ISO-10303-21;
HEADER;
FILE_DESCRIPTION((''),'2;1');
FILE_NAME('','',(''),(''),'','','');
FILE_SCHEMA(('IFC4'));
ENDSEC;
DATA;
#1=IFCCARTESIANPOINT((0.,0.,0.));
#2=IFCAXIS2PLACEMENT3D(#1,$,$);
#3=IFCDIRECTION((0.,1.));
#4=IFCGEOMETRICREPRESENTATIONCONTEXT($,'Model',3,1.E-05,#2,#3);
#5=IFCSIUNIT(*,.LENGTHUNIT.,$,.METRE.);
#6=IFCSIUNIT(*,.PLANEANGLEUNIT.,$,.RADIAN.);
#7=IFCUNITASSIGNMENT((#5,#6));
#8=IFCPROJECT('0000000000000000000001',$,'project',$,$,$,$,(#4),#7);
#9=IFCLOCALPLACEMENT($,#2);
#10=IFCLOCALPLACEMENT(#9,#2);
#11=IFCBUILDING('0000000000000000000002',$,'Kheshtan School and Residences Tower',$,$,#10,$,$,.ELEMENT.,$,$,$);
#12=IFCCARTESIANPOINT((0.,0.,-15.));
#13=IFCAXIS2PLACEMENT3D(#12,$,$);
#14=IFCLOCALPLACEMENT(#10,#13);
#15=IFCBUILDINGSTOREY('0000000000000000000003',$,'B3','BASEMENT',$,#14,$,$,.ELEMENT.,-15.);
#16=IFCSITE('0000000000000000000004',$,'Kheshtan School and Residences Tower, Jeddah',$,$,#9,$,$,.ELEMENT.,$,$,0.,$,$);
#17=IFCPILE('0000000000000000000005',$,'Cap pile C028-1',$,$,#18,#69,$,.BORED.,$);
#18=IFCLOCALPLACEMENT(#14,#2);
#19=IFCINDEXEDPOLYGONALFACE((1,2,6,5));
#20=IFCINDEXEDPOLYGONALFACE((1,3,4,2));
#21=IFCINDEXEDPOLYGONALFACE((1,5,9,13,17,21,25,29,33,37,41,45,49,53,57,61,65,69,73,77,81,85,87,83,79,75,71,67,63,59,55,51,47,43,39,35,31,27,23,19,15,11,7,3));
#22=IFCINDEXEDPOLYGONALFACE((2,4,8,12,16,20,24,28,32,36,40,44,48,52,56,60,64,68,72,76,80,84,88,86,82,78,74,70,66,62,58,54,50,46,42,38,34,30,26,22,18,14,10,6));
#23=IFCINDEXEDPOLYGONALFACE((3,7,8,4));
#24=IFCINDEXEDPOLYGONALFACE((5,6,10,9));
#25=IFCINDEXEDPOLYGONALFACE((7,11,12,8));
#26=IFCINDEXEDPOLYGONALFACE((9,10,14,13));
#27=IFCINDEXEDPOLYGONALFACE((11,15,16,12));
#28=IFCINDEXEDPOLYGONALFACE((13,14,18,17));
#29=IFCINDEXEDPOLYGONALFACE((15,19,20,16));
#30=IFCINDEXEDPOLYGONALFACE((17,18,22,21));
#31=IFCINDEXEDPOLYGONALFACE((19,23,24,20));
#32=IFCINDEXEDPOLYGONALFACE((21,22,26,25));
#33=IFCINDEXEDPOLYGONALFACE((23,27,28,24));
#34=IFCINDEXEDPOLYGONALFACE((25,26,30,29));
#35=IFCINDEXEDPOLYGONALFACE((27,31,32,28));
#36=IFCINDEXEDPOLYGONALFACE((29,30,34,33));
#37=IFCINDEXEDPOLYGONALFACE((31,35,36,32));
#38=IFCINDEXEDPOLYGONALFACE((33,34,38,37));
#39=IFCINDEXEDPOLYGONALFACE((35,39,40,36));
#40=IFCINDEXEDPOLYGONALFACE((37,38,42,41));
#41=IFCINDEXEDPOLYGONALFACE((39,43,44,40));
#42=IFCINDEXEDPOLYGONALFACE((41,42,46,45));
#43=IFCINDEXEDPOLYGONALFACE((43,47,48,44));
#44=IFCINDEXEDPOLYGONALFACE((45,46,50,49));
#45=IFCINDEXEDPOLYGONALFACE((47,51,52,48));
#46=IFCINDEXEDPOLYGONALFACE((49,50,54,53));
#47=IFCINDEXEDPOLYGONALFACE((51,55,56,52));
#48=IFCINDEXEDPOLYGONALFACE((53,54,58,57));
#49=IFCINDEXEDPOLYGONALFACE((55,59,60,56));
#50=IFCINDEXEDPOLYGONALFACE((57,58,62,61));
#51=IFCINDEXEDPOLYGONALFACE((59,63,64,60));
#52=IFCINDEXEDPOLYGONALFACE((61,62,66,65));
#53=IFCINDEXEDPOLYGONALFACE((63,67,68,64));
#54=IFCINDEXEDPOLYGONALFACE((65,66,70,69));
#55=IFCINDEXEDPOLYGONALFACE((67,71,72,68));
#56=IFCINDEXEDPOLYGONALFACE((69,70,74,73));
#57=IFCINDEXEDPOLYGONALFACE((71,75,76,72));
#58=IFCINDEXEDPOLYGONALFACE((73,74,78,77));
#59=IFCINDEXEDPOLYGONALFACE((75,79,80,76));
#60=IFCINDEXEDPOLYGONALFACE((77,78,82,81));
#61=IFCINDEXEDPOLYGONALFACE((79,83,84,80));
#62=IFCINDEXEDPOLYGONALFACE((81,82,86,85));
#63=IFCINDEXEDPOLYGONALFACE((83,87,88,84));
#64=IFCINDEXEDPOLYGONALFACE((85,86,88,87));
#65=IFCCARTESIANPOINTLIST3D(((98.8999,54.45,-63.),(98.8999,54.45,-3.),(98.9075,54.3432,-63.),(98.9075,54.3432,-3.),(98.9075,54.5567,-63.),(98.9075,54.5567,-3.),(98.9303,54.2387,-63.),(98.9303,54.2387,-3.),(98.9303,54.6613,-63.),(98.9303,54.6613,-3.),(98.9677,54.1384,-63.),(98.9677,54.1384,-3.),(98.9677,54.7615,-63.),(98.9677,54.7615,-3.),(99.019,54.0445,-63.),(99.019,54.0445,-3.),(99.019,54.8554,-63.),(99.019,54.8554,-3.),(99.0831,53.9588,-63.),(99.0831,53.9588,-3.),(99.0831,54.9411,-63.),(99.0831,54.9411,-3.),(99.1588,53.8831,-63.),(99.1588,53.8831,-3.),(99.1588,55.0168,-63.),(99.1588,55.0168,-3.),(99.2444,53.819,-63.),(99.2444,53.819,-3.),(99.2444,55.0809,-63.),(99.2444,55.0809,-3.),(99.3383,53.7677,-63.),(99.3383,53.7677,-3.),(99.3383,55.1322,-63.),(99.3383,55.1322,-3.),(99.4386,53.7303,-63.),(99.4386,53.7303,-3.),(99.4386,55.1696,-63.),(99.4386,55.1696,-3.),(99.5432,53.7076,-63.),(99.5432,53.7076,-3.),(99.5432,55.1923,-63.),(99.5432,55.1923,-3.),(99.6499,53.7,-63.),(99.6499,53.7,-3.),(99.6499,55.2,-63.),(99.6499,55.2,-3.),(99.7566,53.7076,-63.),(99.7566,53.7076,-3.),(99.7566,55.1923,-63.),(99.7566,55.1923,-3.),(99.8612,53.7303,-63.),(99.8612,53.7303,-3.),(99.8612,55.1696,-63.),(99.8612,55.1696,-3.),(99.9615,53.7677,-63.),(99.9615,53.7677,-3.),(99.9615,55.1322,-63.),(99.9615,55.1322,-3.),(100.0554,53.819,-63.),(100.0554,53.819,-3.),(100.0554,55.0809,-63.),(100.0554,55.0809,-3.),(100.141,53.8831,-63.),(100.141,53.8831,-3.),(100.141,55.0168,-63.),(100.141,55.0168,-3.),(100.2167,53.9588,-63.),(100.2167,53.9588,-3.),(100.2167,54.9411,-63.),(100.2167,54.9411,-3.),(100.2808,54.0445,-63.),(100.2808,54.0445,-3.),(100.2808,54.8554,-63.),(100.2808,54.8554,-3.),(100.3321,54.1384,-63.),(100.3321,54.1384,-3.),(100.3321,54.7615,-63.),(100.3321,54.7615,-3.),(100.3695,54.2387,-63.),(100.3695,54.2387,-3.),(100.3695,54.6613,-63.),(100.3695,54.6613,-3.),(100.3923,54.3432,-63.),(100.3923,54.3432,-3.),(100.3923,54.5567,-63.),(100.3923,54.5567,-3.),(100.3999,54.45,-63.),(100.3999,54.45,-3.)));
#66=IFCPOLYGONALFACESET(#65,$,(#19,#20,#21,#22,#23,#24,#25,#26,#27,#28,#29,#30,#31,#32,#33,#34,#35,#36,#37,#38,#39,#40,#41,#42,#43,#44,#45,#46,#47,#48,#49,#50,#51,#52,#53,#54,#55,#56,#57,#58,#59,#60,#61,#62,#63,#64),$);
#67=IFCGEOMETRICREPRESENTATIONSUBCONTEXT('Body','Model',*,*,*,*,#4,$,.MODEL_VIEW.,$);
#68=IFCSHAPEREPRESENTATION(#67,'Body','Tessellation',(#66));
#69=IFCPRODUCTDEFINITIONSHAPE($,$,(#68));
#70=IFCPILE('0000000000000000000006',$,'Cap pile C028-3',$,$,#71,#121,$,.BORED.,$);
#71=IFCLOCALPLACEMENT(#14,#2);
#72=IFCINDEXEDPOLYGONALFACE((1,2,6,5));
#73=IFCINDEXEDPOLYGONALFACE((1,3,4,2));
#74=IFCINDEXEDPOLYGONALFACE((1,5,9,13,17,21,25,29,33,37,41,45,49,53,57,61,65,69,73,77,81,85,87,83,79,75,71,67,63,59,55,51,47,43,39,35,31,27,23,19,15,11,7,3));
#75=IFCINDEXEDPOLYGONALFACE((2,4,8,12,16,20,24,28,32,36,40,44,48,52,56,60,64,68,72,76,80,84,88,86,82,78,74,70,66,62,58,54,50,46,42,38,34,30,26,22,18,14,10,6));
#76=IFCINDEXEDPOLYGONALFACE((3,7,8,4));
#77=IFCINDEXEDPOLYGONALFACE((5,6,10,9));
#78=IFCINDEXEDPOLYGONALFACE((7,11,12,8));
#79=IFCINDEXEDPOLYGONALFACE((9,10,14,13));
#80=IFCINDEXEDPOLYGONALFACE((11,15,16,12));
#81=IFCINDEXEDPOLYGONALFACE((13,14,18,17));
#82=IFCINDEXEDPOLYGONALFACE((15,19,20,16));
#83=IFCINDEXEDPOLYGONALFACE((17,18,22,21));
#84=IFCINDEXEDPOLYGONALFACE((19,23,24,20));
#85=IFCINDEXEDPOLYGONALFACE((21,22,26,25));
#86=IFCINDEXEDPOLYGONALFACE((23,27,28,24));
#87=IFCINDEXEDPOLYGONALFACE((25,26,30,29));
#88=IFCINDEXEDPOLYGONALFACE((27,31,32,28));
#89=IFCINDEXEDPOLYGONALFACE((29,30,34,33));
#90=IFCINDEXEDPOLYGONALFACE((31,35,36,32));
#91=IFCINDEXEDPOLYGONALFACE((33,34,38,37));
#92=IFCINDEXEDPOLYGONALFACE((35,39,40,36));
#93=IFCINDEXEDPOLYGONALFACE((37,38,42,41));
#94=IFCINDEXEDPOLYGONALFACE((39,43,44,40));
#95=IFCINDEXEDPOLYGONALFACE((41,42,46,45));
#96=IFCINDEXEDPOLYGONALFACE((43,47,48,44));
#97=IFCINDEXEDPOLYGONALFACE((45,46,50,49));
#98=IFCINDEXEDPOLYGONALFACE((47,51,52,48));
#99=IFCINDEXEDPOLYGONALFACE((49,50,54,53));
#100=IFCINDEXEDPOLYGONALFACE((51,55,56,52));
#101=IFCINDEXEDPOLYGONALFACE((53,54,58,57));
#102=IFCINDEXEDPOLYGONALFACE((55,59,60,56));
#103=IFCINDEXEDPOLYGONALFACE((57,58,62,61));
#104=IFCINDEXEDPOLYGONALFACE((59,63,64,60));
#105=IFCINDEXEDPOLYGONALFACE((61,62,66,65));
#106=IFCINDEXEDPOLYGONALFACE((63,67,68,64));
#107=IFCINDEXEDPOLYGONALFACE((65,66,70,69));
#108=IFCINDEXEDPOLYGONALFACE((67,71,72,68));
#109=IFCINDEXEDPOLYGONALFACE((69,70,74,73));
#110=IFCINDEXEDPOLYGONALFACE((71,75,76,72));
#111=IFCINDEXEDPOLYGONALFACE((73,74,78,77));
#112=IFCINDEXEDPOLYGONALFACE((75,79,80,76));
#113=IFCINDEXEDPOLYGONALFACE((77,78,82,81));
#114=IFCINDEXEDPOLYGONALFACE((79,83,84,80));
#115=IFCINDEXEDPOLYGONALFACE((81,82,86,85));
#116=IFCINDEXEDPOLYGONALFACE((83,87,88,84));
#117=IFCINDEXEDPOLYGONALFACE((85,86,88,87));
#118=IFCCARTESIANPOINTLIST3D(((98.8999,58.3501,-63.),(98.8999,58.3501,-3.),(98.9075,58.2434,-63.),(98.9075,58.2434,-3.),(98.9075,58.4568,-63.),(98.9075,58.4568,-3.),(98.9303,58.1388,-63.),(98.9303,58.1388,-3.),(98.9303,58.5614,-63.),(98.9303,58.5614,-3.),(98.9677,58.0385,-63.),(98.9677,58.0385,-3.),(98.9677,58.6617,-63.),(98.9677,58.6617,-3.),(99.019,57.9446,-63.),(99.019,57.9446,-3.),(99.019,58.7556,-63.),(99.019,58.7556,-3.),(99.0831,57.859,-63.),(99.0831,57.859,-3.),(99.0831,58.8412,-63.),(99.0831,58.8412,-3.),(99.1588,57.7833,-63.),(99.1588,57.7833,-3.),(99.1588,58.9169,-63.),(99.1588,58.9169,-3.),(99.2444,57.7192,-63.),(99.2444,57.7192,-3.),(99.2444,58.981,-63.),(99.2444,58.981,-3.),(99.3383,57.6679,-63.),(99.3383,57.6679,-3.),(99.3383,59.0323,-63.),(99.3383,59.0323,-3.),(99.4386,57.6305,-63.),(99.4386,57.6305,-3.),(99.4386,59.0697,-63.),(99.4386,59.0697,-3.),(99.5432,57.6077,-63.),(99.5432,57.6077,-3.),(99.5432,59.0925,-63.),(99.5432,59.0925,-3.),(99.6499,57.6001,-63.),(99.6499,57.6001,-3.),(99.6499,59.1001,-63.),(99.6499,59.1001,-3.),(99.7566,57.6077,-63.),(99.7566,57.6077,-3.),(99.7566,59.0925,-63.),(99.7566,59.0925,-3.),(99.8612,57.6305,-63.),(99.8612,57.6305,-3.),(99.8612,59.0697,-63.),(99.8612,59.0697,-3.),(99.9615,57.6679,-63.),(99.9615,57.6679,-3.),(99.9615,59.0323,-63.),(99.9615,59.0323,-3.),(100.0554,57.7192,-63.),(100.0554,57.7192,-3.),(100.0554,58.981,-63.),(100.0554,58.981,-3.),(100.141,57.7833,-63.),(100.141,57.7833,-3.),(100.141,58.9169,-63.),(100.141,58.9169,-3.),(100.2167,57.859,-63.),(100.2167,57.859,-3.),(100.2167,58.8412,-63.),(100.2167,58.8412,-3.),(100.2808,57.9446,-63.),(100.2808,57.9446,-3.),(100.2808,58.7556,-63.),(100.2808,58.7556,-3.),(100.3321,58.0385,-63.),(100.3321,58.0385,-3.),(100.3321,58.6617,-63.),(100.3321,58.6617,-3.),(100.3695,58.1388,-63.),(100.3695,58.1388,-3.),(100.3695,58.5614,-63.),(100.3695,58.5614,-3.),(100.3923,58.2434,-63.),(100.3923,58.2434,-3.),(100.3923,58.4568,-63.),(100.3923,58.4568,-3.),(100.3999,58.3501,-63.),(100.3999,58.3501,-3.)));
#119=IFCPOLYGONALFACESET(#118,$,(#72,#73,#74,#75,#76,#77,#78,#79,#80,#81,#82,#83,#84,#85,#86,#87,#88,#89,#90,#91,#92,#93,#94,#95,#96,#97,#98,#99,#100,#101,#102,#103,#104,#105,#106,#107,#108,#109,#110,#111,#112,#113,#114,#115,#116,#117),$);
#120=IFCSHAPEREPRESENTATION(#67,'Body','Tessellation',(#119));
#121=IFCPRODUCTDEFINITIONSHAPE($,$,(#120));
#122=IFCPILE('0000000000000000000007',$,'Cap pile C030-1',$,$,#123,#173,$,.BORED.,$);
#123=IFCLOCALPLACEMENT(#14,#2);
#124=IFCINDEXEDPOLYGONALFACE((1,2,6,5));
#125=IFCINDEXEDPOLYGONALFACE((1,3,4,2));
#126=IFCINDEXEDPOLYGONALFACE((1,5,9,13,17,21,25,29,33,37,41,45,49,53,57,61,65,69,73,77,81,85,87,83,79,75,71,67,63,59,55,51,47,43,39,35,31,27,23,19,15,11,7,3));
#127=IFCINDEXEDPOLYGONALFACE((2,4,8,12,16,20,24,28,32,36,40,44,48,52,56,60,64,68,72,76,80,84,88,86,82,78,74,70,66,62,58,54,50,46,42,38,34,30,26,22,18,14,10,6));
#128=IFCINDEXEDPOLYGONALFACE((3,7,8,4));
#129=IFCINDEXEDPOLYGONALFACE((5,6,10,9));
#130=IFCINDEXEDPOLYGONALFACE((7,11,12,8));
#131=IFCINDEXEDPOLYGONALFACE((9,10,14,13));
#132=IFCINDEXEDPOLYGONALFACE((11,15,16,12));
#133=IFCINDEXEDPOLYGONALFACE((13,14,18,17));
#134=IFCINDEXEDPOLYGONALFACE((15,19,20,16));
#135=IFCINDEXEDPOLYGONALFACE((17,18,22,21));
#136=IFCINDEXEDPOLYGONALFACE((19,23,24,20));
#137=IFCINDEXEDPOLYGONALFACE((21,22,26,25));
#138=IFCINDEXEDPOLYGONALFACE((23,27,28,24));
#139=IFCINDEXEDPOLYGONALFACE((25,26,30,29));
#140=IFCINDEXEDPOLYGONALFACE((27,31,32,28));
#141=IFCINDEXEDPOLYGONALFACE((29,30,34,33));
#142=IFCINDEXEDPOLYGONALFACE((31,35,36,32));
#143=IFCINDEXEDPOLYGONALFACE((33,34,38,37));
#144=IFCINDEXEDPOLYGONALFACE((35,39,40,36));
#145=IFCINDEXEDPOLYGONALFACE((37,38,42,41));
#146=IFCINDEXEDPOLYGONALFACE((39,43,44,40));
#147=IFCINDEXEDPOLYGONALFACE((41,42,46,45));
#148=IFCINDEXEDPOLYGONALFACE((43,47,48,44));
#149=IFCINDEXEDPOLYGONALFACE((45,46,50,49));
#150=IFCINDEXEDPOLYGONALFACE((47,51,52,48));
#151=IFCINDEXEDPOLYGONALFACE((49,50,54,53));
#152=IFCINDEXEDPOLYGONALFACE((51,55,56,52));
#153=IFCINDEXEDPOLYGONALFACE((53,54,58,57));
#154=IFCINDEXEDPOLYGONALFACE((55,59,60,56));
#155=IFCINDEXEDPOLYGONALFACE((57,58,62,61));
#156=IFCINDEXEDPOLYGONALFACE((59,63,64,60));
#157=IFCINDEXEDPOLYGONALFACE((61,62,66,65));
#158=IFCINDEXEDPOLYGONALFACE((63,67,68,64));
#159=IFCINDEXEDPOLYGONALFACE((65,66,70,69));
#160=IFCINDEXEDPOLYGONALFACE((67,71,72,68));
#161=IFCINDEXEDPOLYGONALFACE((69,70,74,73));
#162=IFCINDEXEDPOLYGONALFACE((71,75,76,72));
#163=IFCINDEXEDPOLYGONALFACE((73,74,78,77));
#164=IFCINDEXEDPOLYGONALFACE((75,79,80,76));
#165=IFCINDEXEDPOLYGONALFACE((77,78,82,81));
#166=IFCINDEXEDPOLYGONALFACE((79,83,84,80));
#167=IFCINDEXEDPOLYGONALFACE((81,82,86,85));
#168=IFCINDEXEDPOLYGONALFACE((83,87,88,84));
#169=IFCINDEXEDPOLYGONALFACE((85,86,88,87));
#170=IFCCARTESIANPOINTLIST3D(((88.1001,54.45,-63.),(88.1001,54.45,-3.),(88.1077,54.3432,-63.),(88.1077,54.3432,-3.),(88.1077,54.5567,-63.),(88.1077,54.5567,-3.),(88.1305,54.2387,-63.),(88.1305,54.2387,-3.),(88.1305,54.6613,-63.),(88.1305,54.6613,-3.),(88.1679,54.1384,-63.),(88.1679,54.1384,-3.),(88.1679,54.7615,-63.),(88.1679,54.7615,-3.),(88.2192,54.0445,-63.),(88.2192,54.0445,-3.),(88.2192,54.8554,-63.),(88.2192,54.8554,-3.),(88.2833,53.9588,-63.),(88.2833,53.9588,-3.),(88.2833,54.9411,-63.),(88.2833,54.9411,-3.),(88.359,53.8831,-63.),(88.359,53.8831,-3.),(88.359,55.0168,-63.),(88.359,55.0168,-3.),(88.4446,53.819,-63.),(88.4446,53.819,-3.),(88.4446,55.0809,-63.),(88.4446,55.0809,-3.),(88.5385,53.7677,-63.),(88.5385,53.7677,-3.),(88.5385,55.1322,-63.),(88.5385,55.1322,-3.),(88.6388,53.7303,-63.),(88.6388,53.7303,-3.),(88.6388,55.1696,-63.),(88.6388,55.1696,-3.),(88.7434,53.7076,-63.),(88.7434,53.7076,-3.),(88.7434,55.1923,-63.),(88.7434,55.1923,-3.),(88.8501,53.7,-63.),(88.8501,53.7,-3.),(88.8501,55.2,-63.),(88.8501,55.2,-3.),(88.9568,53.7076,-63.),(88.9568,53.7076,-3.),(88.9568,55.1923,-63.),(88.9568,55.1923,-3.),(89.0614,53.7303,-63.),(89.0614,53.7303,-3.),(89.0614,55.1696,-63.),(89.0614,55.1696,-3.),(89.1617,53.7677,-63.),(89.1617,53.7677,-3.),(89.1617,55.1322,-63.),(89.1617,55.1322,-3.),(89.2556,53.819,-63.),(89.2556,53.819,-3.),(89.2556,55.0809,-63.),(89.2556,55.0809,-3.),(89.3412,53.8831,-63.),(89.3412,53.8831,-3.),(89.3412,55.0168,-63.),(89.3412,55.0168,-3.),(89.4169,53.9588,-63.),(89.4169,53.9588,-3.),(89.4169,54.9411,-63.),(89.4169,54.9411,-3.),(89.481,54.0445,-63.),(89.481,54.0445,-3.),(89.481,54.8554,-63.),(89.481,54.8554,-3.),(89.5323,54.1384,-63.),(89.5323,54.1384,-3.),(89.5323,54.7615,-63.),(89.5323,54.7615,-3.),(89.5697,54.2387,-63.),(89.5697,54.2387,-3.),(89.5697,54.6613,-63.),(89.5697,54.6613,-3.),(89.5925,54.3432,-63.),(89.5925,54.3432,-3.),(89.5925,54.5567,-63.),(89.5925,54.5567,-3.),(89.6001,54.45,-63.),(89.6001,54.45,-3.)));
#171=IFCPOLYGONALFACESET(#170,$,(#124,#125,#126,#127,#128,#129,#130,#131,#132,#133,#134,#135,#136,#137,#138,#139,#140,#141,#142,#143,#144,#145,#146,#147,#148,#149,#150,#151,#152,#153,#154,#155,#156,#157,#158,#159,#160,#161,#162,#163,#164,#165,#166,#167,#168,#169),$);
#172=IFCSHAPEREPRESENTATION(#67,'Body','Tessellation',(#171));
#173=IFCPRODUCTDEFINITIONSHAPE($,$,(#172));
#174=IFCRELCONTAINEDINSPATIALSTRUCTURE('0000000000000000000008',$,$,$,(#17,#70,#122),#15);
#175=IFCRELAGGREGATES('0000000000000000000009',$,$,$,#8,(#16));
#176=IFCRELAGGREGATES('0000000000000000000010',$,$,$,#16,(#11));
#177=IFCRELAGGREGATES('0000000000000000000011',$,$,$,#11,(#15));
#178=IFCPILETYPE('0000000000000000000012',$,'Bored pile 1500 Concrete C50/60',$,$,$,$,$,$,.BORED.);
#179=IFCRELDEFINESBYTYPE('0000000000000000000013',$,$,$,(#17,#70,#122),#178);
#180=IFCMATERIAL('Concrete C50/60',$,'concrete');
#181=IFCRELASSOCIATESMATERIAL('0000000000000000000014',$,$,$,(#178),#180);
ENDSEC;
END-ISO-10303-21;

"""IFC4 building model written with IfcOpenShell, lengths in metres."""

from ifc_helpers import new_model, si_unit, direction, frame, origin, origin_2d, place, context, subcontext, project, spatial, circle, extrude, material, material_profile, profile_set, type_object, element, save


model = new_model("IFC4")

# Units and contexts
model_context = context("Model", 3, precision=1e-05, world=origin(), true_north=direction((0.0, 1.0)))
body_context = subcontext(model_context, "Body", "Model", "MODEL_VIEW")
ifc_project = project(units=[si_unit("LENGTHUNIT", "METRE"), si_unit("PLANEANGLEUNIT", "RADIAN")], contexts=[model_context])

# Site, building, storey
site_placement = place(None, origin())
site = spatial("IfcSite", under=ifc_project, at=site_placement, Name="Kheshtan School and Residences Tower, Jeddah", CompositionType="ELEMENT", RefElevation=0.0)
building_placement = place(site_placement, origin())
building = spatial("IfcBuilding", under=site, at=building_placement, Name="Kheshtan School and Residences Tower", CompositionType="ELEMENT")
storey_placement = place(building_placement, frame((0.0, 0.0, -15.0)))
storey = spatial("IfcBuildingStorey", under=building, at=storey_placement, Name="B3", Description="BASEMENT", CompositionType="ELEMENT", Elevation=-15.0)

# Piles
ifc_material_1 = material(Name="Concrete C50/60", Category="concrete")
ifc_material_profile_1 = material_profile(ifc_material_1, circle(Radius=0.75, at=origin_2d()), Name="BP 1500")
ifc_profile_set_1 = profile_set([ifc_material_profile_1], Name="Concrete C50/60")
pile_type_1 = type_object("IfcPileType", Name="Bored pile 1500 Concrete C50/60", PredefinedType="BORED", material=ifc_profile_set_1)
for number, where, z_axis, x_axis, name in (
    (1, (99.6499, 54.45, -3.0), (0.0, 0.0, -1.0), (1.0, 0.0, 0.0), "Cap pile C028-1"),
    (2, (99.6499, 58.3501, -3.0), (0.0, 0.0, -1.0), (1.0, 0.0, 0.0), "Cap pile C028-3"),
    (3, (88.8501, 54.45, -3.0), (0.0, 0.0, -1.0), (1.0, 0.0, 0.0), "Cap pile C030-1"),
):
    element("IfcPile", number, at=place(storey_placement, frame(where, z_axis=z_axis, x_axis=x_axis)), inside=storey, type_object=pile_type_1, Name=name, PredefinedType="BORED", context=body_context, shape_type="SweptSolid", body=[
        extrude(circle(Radius=0.75, at=origin_2d()), origin(), (0.0, 0.0, 1.0), 60.0),
    ])

save(model, "model.ifc")
